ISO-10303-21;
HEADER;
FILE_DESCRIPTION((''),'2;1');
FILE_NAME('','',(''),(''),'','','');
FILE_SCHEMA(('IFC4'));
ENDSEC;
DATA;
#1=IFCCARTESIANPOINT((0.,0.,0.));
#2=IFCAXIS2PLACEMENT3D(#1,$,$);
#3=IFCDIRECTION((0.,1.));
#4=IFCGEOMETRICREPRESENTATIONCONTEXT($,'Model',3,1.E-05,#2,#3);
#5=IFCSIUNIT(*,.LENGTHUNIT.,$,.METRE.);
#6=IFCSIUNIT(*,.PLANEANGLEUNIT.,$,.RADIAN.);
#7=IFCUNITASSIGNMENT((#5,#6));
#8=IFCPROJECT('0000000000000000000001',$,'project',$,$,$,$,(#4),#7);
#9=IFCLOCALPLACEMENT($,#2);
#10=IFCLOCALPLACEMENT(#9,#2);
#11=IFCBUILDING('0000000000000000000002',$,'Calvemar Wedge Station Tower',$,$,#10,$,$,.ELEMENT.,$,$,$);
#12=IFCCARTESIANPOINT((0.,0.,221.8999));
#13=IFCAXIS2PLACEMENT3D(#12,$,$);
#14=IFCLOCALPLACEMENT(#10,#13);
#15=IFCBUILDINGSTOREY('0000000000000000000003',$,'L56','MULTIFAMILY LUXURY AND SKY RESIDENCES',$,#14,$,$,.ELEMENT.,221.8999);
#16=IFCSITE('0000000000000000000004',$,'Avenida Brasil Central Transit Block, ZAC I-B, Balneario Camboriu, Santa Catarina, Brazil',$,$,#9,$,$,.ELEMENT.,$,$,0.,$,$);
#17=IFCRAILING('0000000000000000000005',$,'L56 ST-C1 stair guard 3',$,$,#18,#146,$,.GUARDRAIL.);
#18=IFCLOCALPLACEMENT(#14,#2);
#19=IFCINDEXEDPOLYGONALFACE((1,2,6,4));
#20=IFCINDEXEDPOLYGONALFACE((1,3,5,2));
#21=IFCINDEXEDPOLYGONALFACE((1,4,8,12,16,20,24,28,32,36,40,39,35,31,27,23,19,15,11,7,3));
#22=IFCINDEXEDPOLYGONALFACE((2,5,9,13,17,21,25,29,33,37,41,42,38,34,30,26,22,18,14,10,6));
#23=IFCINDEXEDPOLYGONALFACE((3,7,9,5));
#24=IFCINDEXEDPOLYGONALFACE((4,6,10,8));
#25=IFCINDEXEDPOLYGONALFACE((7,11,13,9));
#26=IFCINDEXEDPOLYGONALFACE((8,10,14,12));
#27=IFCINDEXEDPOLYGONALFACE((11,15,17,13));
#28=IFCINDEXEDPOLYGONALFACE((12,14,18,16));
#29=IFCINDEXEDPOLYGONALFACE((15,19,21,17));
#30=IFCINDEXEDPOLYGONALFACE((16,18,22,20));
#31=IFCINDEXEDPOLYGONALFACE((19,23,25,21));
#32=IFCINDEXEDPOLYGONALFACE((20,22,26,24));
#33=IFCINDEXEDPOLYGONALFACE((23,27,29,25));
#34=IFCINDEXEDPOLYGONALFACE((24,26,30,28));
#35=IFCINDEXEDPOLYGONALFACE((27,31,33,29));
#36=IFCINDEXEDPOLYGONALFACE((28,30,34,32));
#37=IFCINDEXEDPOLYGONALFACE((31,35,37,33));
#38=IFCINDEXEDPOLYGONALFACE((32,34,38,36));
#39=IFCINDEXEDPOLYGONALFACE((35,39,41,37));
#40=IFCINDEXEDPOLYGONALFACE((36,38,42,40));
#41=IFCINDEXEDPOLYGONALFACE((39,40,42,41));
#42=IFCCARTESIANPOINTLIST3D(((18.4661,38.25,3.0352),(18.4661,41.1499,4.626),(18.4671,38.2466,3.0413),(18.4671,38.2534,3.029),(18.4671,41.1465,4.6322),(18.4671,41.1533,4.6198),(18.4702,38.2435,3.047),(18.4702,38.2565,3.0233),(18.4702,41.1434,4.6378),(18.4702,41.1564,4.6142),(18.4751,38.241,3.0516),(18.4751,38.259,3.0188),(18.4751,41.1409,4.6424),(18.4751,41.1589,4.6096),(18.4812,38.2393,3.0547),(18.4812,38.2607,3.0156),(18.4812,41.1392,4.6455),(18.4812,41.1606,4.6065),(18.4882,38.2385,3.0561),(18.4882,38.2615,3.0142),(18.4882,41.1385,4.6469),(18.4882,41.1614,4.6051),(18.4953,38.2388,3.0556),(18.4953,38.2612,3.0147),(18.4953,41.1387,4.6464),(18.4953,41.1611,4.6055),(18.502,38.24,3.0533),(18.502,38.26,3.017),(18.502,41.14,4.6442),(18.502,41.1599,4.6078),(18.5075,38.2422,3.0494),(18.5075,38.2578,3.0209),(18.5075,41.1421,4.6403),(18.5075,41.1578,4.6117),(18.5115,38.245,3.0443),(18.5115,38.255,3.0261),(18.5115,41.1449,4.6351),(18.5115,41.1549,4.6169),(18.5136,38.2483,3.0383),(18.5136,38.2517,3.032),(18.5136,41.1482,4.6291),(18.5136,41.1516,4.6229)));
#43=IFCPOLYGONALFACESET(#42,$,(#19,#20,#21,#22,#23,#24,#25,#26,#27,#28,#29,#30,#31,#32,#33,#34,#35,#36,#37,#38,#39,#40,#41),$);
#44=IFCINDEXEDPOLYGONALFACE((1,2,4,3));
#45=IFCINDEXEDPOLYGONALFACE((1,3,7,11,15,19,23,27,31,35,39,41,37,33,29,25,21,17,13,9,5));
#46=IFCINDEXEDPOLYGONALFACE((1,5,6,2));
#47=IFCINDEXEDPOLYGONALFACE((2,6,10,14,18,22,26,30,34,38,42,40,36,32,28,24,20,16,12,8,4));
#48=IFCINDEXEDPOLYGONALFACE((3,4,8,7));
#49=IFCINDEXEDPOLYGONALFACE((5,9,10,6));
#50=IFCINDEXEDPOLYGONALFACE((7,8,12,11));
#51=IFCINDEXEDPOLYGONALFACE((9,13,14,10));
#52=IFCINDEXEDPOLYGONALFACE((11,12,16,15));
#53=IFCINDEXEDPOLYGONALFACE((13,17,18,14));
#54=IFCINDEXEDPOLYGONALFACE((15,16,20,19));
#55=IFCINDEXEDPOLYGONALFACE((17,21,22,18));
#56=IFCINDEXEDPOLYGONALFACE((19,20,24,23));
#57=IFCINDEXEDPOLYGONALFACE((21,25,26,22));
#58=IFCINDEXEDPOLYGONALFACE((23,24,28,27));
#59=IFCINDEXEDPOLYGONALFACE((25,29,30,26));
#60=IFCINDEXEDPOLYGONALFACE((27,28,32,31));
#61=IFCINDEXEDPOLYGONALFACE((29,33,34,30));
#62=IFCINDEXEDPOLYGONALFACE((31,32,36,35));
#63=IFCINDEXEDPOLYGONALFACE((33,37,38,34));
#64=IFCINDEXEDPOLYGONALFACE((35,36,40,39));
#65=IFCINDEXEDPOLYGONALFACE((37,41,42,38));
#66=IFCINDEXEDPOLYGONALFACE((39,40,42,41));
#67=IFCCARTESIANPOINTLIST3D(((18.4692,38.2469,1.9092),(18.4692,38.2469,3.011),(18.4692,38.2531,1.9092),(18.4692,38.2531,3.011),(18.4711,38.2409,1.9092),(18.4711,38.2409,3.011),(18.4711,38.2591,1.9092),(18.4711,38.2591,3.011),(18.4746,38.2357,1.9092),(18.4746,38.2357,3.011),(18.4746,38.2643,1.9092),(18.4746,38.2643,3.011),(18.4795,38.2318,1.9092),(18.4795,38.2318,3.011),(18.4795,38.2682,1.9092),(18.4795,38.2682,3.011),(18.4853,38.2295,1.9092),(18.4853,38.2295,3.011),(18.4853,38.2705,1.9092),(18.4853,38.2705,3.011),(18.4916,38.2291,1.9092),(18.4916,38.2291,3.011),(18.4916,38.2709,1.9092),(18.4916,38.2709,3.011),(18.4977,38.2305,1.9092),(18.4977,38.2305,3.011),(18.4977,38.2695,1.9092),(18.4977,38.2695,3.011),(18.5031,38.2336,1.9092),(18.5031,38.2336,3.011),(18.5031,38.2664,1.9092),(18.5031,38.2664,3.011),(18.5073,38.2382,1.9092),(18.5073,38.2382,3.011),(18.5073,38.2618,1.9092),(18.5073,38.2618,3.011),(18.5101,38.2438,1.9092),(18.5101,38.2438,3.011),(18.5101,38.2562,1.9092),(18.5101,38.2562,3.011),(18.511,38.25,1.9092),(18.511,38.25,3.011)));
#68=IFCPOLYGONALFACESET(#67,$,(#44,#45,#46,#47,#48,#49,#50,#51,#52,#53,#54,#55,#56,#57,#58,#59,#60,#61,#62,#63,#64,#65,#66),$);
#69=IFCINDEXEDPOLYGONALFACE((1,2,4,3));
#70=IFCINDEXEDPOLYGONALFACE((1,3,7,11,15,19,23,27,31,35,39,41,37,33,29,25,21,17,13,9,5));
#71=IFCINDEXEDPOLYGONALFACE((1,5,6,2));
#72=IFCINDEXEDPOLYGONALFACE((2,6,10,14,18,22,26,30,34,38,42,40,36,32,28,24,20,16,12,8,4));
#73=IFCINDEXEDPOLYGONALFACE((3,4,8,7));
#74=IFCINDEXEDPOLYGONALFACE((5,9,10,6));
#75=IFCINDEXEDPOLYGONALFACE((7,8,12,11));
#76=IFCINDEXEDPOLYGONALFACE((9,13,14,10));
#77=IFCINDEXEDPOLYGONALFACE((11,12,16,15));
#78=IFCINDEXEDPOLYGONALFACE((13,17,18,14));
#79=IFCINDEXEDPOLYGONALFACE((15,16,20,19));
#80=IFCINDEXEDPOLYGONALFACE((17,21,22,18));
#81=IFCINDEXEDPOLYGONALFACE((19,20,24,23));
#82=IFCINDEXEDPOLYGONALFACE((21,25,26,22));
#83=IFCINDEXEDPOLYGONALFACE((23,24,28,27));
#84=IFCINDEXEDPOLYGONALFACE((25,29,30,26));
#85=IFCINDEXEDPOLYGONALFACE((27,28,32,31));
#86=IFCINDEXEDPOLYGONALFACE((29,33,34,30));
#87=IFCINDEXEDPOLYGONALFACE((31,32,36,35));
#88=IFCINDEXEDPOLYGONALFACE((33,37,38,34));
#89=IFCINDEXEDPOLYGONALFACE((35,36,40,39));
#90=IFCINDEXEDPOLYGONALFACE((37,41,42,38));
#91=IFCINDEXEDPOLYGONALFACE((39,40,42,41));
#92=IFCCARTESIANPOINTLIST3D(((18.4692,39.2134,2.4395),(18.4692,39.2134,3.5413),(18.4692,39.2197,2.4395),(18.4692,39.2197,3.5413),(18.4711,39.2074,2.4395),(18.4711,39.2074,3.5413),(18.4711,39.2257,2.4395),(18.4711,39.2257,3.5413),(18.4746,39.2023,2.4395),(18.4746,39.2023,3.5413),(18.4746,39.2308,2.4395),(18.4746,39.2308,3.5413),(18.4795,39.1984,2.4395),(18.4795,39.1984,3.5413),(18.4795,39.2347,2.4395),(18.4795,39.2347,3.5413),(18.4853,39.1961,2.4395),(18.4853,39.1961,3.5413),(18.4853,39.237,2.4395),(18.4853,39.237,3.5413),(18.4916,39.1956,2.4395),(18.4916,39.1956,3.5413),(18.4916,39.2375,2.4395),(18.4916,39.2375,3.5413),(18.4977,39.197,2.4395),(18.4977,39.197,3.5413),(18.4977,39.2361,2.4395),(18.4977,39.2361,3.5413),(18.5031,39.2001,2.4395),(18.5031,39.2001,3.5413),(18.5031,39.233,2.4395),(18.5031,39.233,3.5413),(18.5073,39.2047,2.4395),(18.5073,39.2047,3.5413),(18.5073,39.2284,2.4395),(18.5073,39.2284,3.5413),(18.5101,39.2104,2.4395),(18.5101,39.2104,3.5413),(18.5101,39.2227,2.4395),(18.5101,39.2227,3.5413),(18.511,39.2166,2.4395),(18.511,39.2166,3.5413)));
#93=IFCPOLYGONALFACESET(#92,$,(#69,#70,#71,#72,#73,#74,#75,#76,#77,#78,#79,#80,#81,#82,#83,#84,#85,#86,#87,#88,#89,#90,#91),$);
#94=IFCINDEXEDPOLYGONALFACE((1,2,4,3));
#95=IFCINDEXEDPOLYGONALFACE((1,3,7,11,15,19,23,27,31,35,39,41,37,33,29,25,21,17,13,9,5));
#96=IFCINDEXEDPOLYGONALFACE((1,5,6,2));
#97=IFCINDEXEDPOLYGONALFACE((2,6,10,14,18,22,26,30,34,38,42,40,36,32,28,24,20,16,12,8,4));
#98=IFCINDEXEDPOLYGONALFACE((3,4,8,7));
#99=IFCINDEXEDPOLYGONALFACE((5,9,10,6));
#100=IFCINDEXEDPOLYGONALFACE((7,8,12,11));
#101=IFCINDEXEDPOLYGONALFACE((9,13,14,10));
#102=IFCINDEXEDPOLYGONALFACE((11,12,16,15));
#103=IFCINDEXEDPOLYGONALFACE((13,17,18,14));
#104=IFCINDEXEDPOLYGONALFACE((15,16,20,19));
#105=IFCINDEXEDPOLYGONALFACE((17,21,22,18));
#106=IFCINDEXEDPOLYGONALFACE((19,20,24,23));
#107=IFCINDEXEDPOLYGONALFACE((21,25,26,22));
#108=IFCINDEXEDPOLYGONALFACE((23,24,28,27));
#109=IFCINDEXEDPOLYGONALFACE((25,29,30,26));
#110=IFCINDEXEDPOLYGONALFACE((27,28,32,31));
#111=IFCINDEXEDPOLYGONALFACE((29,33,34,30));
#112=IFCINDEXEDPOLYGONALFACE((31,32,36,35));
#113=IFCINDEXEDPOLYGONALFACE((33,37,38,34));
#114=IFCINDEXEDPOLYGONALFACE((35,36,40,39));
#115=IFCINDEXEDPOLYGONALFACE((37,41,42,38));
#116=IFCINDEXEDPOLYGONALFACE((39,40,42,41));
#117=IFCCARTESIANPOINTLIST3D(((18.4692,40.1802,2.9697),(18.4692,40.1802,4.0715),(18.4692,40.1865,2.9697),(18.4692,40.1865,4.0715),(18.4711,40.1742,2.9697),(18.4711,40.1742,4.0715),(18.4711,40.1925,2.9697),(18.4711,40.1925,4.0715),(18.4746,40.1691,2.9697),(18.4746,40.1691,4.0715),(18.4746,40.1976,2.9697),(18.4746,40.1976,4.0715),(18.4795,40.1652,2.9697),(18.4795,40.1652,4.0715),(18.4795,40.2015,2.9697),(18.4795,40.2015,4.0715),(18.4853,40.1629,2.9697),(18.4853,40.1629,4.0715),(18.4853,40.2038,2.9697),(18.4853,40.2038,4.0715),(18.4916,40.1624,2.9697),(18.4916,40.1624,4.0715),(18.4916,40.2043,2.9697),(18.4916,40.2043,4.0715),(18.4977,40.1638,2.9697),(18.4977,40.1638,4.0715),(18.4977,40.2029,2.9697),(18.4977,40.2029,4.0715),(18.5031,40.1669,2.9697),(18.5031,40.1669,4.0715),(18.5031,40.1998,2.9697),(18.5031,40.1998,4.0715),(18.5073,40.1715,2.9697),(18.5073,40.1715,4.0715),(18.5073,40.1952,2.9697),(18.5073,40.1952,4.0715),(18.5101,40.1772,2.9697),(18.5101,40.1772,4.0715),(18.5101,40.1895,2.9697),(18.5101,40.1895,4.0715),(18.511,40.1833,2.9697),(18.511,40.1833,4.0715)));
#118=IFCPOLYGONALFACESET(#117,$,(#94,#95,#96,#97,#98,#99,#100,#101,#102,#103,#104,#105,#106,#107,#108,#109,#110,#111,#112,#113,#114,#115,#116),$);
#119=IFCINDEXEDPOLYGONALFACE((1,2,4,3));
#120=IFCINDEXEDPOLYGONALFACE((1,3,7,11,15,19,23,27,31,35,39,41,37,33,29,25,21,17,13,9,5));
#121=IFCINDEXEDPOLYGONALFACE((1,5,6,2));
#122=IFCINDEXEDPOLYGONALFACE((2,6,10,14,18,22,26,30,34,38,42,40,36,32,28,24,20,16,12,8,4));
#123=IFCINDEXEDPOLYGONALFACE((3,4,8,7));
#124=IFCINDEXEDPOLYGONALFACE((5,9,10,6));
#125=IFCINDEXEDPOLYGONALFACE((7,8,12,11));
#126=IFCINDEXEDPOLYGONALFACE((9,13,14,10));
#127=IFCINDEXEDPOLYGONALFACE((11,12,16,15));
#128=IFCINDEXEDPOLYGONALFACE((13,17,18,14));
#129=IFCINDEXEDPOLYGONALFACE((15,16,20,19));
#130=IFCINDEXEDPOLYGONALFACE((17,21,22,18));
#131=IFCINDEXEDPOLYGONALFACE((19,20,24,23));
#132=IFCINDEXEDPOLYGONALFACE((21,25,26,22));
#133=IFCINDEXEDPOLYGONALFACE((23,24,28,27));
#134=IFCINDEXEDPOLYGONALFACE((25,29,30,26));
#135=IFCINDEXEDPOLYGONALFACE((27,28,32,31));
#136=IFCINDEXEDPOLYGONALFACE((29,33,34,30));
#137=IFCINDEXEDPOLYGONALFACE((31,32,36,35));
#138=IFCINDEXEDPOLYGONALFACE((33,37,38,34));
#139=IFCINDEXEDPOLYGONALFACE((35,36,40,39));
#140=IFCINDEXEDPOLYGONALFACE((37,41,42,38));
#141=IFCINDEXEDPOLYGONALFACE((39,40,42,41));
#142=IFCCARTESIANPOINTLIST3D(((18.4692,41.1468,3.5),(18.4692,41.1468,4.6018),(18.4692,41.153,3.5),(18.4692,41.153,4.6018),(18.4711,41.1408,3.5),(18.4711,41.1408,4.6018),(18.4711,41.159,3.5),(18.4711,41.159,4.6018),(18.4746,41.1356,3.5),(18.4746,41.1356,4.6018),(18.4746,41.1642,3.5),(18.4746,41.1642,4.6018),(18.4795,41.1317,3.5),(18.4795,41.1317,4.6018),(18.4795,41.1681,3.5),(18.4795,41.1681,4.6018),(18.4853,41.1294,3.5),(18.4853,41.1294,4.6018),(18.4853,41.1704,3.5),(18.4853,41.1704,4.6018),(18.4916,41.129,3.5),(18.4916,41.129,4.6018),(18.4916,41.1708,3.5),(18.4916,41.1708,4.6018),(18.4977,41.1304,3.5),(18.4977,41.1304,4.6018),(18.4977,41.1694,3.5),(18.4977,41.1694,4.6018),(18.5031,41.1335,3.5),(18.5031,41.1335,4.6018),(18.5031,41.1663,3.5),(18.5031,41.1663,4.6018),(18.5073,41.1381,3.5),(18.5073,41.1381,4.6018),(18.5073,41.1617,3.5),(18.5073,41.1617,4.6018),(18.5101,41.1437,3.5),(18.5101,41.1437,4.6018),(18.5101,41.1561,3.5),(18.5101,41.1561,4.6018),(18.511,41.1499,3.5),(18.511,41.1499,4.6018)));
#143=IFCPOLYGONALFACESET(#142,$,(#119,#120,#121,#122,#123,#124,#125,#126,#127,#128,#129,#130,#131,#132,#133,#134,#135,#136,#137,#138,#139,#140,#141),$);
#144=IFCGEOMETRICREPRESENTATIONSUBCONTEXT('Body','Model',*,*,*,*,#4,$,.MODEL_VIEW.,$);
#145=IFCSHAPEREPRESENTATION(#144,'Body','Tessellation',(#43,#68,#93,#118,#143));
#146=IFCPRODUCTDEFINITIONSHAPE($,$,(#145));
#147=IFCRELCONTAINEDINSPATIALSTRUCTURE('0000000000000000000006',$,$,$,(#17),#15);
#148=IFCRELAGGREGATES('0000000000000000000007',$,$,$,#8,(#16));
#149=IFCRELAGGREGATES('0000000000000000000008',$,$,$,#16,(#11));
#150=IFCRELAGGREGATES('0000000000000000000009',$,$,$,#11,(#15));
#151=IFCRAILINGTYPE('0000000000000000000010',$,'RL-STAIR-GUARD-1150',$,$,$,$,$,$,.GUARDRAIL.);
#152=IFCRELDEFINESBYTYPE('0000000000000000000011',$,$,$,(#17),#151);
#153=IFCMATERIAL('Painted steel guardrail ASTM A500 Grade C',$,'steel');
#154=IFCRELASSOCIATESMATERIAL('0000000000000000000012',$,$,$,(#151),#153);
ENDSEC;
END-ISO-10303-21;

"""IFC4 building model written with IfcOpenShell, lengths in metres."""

from ifc_helpers import new_model, si_unit, direction, frame, origin, origin_2d, place, context, subcontext, project, spatial, circle, extrude, material, type_object, element, save


model = new_model("IFC4")

# Units and contexts
model_context = context("Model", 3, precision=1e-05, world=origin(), true_north=direction((0.0, 1.0)))
body_context = subcontext(model_context, "Body", "Model", "MODEL_VIEW")
ifc_project = project(units=[si_unit("LENGTHUNIT", "METRE"), si_unit("PLANEANGLEUNIT", "RADIAN")], contexts=[model_context])

# Site, building, storey
site_placement = place(None, origin())
site = spatial("IfcSite", under=ifc_project, at=site_placement, Name="Avenida Brasil Central Transit Block, ZAC I-B, Balneario Camboriu, Santa Catarina, Brazil", CompositionType="ELEMENT", RefElevation=0.0)
building_placement = place(site_placement, origin())
building = spatial("IfcBuilding", under=site, at=building_placement, Name="Calvemar Wedge Station Tower", CompositionType="ELEMENT")
storey_placement = place(building_placement, frame((0.0, 0.0, 221.8999)))
storey = spatial("IfcBuildingStorey", under=building, at=storey_placement, Name="L56", Description="MULTIFAMILY LUXURY AND SKY RESIDENCES", CompositionType="ELEMENT", Elevation=221.8999)

# Railing
ifc_material_1 = material(Name="Painted steel guardrail ASTM A500 Grade C", Category="steel")
railing_type_1 = type_object("IfcRailingType", Name="RL-STAIR-GUARD-1150", PredefinedType="GUARDRAIL", material=ifc_material_1)
railing_1_placement = place(storey_placement, frame((18.49, 38.25, 1.9092)))
element("IfcRailing", 1, at=railing_1_placement, inside=storey, type_object=railing_type_1, Name="L56 ST-C1 stair guard 3", PredefinedType="GUARDRAIL", context=body_context, shape_type="SweptSolid", body=[
    extrude(circle(Radius=0.0239, at=origin_2d()), frame((0.0, 0.0, 1.126), z_axis=(0.0, 0.876742, 0.480961), x_axis=(-1.0, 0.0, 0.0)), (0.0, 0.0, 1.0), 3.3076),
    extrude(circle(Radius=0.021, at=origin_2d()), origin(), (0.0, 0.0, 1.0), 1.1018),
    extrude(circle(Radius=0.021, at=origin_2d()), frame((0.0, 0.9666, 0.5303)), (0.0, 0.0, 1.0), 1.1018),
    extrude(circle(Radius=0.021, at=origin_2d()), frame((0.0, 1.9333, 1.0605)), (0.0, 0.0, 1.0), 1.1018),
    extrude(circle(Radius=0.021, at=origin_2d()), frame((0.0, 2.8999, 1.5908)), (0.0, 0.0, 1.0), 1.1018),
])

save(model, "model.ifc")
